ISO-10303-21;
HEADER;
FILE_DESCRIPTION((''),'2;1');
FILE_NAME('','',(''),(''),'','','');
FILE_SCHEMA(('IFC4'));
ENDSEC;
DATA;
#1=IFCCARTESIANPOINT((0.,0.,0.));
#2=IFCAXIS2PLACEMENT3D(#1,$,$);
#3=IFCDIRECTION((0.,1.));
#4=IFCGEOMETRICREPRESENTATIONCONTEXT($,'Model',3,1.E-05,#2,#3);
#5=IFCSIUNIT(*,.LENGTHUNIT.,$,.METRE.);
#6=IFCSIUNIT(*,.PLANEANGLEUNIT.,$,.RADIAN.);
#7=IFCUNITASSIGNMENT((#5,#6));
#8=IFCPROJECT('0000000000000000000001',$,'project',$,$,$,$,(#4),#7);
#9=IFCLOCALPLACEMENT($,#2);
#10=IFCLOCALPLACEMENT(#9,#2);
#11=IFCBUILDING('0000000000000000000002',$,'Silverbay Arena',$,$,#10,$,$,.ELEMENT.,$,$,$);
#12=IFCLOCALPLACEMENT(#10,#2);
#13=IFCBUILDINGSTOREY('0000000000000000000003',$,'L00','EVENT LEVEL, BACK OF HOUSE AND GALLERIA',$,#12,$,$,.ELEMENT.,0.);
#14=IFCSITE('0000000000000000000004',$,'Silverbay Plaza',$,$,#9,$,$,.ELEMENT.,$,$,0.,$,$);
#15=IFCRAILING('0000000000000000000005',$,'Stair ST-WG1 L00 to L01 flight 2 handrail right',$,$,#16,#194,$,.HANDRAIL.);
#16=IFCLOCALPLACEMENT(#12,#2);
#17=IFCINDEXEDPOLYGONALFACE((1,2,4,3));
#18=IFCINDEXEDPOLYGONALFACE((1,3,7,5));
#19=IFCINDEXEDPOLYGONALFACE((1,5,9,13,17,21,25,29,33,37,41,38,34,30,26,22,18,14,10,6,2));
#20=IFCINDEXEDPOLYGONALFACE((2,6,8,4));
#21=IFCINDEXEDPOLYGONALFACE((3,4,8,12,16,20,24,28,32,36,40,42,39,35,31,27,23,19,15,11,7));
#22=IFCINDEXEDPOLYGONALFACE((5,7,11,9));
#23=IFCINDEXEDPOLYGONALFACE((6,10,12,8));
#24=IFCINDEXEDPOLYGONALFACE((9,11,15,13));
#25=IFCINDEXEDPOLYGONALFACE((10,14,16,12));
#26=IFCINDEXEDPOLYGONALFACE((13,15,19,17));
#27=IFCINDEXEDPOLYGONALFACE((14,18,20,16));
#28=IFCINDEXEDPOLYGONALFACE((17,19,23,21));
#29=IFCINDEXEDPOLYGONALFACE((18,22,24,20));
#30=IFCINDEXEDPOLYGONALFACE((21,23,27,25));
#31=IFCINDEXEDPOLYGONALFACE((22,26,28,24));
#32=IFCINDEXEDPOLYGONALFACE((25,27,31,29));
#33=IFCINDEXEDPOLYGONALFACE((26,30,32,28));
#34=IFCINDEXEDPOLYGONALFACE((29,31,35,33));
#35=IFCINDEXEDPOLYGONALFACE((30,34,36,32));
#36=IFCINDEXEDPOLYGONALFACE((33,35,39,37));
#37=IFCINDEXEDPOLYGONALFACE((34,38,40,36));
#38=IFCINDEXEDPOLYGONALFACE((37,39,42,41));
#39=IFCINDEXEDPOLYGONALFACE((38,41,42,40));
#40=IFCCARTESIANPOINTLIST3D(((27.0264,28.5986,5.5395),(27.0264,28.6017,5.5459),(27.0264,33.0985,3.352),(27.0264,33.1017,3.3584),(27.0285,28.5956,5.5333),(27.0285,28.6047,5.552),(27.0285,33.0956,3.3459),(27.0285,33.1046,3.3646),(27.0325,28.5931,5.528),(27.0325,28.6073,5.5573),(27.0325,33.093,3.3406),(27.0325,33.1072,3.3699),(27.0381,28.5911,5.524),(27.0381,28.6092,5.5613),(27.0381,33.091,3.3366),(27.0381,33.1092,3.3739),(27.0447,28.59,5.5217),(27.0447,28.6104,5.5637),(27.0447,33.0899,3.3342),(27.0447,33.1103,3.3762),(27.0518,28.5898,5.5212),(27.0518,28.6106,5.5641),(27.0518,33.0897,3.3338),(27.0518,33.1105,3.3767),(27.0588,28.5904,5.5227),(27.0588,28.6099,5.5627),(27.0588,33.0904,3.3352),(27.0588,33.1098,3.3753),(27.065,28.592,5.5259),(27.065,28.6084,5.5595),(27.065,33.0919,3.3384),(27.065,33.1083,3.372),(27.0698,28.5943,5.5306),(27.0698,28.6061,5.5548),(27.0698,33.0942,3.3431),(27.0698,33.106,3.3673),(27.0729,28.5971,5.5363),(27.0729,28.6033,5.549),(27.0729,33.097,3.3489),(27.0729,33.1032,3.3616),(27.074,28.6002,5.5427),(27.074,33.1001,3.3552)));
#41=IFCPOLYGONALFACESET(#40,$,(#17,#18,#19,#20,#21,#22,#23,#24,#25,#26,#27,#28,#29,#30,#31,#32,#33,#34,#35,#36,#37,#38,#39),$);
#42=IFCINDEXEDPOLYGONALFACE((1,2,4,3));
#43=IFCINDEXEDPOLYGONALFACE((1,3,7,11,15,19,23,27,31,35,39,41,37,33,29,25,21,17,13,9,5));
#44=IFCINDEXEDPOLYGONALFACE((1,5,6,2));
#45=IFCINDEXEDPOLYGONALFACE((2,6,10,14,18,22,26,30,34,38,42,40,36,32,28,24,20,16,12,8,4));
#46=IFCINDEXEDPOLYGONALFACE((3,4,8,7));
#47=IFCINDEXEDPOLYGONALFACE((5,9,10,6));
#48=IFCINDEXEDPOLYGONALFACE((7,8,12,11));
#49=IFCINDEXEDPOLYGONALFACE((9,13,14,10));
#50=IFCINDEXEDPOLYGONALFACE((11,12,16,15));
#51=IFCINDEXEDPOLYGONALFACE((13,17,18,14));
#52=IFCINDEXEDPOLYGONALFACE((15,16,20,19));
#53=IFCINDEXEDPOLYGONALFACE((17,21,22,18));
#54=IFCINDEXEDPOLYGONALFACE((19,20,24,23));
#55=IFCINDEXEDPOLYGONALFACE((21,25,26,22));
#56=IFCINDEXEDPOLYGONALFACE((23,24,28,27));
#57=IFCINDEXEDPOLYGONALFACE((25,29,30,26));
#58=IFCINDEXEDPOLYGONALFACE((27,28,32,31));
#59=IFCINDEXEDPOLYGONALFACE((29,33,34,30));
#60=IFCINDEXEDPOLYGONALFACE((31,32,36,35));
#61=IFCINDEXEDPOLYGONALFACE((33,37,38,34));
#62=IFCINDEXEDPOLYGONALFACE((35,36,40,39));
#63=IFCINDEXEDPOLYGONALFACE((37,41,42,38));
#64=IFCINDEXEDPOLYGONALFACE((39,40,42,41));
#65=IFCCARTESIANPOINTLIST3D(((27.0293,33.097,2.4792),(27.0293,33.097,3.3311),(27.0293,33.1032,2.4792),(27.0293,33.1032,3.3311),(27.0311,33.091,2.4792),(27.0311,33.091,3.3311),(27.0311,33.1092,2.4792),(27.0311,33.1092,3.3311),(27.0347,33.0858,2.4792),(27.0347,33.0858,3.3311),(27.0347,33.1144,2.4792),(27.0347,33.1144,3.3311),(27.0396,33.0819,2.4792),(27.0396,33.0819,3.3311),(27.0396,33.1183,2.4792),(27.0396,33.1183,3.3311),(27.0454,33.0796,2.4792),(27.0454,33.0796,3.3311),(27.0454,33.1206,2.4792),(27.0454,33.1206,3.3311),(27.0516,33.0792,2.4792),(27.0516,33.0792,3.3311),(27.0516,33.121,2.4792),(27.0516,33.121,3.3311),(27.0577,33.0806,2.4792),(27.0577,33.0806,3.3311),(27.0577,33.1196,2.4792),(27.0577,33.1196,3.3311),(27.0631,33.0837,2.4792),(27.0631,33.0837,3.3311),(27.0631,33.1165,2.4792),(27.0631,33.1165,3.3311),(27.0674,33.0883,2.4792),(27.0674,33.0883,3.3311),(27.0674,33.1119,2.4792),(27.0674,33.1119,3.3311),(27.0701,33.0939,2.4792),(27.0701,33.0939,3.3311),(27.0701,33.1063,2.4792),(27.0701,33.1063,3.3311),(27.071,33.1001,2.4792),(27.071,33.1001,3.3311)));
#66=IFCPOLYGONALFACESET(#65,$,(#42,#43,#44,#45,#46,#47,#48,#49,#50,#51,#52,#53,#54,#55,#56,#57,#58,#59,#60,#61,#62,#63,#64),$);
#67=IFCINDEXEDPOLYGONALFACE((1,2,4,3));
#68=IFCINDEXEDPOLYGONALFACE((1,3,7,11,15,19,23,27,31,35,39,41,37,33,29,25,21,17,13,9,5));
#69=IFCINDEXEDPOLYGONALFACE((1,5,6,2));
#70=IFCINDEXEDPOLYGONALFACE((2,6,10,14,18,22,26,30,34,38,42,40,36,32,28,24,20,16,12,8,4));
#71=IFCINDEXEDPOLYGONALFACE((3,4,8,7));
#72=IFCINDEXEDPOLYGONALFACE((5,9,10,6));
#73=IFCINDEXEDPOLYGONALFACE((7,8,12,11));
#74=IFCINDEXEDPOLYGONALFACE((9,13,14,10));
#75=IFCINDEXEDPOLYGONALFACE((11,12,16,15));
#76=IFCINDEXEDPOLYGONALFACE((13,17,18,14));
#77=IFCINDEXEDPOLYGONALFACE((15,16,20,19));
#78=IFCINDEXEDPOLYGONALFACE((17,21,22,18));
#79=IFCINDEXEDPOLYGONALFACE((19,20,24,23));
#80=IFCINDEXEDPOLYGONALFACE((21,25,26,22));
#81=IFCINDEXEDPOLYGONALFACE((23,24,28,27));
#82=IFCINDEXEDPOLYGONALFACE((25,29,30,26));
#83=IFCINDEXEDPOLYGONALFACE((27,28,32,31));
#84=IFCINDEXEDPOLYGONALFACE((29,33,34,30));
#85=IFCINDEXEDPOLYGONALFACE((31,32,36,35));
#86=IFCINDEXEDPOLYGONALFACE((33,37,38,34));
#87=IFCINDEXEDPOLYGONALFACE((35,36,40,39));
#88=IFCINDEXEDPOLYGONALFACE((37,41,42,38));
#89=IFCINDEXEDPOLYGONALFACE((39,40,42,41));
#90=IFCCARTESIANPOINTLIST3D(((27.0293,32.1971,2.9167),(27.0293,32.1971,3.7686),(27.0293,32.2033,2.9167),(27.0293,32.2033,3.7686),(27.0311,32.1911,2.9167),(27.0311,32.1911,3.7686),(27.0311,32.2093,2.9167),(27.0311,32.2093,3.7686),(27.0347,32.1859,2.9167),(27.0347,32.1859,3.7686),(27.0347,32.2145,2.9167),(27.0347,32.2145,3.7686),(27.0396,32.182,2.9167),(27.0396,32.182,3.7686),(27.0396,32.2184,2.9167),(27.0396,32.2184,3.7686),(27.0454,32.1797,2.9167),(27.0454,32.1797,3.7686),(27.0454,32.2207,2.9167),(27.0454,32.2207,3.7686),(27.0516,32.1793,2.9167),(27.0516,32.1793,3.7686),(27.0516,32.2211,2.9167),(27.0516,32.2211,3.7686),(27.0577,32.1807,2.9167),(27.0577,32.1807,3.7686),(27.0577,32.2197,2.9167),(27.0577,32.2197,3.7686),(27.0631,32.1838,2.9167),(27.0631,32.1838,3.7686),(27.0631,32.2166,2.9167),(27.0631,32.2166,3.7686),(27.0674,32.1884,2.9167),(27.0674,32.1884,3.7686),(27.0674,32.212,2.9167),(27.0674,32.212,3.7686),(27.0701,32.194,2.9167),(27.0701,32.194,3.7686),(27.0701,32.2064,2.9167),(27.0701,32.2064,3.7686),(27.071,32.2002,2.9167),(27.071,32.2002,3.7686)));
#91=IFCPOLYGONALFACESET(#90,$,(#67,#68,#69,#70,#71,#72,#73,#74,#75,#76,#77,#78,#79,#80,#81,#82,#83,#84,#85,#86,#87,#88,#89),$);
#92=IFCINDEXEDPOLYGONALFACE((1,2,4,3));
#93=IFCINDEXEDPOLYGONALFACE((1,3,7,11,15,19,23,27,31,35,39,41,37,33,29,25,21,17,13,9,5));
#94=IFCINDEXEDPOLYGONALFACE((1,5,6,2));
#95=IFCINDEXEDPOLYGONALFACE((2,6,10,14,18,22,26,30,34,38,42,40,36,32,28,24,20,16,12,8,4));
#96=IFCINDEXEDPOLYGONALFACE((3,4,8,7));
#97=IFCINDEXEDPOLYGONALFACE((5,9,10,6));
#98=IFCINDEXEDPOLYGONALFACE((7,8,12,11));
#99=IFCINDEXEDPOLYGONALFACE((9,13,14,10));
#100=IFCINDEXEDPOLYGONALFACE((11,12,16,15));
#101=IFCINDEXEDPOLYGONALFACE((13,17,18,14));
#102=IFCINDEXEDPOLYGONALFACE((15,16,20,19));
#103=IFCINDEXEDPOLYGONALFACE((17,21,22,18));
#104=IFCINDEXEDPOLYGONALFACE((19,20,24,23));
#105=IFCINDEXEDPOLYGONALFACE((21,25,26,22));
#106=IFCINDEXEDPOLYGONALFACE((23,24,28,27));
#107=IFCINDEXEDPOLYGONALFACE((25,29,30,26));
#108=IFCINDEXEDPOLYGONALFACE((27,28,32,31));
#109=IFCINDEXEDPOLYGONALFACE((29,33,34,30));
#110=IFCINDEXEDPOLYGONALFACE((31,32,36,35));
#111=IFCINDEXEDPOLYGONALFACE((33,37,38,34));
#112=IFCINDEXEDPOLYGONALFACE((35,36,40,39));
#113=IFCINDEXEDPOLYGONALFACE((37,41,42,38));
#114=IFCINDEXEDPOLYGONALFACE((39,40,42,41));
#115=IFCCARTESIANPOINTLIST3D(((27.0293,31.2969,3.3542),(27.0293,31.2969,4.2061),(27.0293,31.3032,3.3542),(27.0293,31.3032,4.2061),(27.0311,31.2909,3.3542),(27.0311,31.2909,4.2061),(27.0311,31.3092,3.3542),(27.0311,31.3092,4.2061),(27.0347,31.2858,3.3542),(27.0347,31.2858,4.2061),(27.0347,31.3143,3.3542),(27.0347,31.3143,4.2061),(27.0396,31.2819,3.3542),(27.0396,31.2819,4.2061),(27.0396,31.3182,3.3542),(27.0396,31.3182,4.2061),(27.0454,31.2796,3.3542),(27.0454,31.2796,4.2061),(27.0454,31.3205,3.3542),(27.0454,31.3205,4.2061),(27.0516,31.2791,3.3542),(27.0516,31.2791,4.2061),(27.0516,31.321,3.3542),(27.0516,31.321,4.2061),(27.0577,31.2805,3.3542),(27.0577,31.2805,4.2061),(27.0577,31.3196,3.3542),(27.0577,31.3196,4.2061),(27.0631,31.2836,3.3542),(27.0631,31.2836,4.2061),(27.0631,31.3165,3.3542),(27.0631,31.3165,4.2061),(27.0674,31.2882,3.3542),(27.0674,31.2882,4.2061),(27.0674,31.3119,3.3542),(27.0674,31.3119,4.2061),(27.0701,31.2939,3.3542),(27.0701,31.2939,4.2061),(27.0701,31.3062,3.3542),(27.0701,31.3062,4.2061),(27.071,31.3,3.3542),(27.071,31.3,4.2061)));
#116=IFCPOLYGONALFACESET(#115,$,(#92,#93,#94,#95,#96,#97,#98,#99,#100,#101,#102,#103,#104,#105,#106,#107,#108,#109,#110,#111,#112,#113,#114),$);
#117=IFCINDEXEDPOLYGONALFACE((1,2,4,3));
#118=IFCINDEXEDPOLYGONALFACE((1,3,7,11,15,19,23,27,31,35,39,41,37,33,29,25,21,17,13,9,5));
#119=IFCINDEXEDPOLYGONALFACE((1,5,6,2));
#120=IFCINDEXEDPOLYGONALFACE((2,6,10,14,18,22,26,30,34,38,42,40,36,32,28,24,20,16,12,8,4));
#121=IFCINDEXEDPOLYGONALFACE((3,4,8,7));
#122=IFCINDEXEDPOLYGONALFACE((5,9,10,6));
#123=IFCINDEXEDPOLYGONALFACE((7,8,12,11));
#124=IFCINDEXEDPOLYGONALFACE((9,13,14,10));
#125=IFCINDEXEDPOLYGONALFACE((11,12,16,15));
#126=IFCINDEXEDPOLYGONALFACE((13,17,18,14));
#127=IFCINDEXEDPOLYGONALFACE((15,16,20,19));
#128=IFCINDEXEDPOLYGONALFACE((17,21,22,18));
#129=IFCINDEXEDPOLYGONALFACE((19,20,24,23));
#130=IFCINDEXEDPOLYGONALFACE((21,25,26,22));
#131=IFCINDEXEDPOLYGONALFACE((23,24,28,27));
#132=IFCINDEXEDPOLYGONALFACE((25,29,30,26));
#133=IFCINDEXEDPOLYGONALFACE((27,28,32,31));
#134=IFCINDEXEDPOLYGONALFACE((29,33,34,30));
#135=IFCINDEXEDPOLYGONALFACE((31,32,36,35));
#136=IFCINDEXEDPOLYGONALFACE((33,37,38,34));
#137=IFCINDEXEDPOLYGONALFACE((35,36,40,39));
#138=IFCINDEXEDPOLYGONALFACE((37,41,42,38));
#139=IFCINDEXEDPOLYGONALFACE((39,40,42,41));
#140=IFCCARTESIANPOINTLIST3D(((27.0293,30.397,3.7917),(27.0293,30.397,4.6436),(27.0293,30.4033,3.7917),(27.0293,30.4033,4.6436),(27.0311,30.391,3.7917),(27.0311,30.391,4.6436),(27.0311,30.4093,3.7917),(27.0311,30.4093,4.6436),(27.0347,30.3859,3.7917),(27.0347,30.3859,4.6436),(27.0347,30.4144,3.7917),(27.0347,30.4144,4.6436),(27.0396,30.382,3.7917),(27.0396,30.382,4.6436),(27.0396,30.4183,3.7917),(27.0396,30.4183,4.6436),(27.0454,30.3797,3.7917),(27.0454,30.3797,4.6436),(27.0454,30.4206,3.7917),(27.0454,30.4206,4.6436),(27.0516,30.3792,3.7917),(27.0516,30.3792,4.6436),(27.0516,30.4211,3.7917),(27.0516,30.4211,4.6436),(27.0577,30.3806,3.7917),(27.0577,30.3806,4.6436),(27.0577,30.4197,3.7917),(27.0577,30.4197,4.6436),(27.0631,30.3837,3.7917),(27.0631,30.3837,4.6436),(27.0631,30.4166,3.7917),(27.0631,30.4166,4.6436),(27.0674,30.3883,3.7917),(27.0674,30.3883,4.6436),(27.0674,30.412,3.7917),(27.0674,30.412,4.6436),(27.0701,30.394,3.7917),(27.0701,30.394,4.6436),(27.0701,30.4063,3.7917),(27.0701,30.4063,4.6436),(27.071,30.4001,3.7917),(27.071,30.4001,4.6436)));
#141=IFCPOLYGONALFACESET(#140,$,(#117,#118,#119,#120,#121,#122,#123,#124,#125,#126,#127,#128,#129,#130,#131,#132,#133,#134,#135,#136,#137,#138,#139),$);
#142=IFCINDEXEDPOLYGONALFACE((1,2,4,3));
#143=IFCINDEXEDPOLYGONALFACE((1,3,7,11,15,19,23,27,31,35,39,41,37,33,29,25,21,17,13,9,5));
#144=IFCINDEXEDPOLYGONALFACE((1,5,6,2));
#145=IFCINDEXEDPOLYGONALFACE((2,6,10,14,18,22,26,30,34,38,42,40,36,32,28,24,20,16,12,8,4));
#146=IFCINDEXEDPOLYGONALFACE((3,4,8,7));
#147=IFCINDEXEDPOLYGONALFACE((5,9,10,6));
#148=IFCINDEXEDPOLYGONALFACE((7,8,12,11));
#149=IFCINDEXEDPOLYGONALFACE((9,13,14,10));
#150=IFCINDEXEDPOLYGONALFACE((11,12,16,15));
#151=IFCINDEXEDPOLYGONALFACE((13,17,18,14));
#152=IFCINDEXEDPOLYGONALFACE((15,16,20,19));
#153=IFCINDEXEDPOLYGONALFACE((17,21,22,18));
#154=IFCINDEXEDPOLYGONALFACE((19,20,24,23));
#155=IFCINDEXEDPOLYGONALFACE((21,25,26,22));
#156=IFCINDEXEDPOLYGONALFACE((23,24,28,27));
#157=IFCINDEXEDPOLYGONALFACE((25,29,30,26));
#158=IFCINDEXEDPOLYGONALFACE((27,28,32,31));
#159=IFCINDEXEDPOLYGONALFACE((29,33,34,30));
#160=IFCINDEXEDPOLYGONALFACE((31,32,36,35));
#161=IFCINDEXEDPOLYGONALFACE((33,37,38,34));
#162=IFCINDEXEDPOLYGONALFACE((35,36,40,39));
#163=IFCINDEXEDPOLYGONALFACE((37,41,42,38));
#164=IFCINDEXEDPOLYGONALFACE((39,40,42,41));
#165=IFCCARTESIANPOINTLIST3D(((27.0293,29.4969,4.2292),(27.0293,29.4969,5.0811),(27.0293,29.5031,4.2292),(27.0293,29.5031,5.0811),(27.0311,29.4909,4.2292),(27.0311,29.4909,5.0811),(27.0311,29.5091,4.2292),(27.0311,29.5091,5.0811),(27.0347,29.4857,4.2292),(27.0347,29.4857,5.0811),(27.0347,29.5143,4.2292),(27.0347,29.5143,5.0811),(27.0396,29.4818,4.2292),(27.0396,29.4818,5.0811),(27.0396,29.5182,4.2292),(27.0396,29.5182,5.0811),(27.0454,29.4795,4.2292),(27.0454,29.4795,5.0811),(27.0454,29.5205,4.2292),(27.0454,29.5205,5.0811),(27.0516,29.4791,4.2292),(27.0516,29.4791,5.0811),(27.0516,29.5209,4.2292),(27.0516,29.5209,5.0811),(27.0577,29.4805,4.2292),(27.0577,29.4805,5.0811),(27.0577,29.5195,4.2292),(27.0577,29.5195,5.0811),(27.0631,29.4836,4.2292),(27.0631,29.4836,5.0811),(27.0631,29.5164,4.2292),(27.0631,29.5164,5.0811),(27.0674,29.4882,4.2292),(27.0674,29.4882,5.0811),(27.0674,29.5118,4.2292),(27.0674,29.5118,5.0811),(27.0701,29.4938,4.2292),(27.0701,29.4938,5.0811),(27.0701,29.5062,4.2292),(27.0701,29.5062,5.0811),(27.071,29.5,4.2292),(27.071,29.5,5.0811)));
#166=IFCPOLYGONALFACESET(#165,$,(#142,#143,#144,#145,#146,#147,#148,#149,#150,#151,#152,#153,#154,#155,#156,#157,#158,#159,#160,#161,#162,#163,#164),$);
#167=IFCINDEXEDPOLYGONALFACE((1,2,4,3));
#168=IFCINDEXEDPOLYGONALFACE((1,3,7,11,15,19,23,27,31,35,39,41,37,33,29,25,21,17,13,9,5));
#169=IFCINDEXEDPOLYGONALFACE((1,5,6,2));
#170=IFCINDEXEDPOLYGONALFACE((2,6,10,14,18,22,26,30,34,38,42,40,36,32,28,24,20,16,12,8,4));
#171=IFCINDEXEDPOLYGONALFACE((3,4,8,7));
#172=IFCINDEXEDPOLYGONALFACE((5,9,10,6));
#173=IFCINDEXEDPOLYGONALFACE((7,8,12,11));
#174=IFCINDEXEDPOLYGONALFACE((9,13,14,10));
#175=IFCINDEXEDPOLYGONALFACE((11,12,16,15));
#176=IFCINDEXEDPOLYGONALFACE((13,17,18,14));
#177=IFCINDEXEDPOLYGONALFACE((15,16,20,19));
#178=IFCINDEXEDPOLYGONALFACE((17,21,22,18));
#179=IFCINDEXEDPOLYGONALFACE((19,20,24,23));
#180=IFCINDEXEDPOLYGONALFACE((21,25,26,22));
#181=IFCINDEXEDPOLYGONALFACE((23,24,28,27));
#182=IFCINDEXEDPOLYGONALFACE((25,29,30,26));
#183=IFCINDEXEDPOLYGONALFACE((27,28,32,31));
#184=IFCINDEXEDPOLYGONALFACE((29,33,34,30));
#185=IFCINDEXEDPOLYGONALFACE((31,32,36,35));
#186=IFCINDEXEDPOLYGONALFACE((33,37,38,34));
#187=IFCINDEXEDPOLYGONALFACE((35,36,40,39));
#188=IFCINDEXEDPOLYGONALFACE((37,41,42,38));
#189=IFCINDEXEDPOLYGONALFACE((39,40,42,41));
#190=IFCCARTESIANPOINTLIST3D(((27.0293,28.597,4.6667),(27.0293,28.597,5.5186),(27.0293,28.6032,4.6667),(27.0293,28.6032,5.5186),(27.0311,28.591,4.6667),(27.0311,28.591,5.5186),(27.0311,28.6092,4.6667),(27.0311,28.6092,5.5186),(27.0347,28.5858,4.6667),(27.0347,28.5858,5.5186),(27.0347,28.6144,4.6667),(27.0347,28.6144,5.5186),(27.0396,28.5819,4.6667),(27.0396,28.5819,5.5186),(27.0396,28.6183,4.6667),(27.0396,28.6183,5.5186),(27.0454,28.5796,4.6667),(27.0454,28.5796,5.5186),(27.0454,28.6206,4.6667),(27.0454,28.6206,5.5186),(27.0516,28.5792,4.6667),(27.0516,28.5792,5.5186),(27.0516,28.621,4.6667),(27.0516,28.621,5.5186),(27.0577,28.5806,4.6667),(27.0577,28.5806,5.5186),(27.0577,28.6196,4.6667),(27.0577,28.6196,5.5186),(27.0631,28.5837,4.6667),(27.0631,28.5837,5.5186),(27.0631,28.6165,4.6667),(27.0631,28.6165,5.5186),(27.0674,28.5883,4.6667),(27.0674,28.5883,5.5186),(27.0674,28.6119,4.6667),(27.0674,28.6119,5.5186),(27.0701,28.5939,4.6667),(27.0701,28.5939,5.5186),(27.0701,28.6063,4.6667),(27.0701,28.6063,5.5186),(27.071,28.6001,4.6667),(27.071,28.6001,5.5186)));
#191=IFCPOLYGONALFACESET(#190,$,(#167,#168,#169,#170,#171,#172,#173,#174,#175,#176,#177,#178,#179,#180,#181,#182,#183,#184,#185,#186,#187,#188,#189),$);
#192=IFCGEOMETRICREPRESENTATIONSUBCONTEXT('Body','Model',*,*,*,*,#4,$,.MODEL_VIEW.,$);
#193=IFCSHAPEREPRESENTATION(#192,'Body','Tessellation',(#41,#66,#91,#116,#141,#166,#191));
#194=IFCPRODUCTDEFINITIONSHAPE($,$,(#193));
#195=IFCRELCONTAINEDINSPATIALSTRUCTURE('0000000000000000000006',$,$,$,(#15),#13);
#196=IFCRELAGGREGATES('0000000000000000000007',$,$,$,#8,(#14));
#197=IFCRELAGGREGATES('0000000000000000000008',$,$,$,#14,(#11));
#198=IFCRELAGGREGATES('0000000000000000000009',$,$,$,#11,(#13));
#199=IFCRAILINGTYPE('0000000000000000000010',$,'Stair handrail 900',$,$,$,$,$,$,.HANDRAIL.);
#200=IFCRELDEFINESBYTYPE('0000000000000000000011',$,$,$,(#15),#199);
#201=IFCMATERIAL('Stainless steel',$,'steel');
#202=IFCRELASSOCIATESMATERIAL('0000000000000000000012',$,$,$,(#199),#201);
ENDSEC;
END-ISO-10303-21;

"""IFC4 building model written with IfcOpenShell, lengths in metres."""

from ifc_helpers import new_model, si_unit, direction, frame, origin, origin_2d, place, context, subcontext, project, spatial, circle, extrude, material, type_object, element, save


model = new_model("IFC4")

# Units and contexts
model_context = context("Model", 3, precision=1e-05, world=origin(), true_north=direction((0.0, 1.0)))
body_context = subcontext(model_context, "Body", "Model", "MODEL_VIEW")
ifc_project = project(units=[si_unit("LENGTHUNIT", "METRE"), si_unit("PLANEANGLEUNIT", "RADIAN")], contexts=[model_context])

# Site, building, storey
site_placement = place(None, origin())
site = spatial("IfcSite", under=ifc_project, at=site_placement, Name="Silverbay Plaza", CompositionType="ELEMENT", RefElevation=0.0)
building_placement = place(site_placement, origin())
building = spatial("IfcBuilding", under=site, at=building_placement, Name="Silverbay Arena", CompositionType="ELEMENT")
storey_placement = place(building_placement, origin())
storey = spatial("IfcBuildingStorey", under=building, at=storey_placement, Name="L00", Description="EVENT LEVEL, BACK OF HOUSE AND GALLERIA", CompositionType="ELEMENT", Elevation=0.0)

# Railing
ifc_material_1 = material(Name="Stainless steel", Category="steel")
railing_type_1 = type_object("IfcRailingType", Name="Stair handrail 900", PredefinedType="HANDRAIL", material=ifc_material_1)
for number, where, name in (
    (1, (27.05, 33.1001, 2.4792), "Stair ST-WG1 L00 to L01 flight 2 handrail right"),
):
    element("IfcRailing", number, at=place(storey_placement, frame(where)), inside=storey, type_object=railing_type_1, Name=name, PredefinedType="HANDRAIL", context=body_context, shape_type="SweptSolid", body=[
        extrude(circle(Radius=0.0239, at=origin_2d()), frame((0.0, 0.0, 0.876), z_axis=(0.0, -0.899368, 0.437193), x_axis=(1.0, 0.0, 0.0)), (0.0, 0.0, 1.0), 5.0034),
        extrude(circle(Radius=0.021, at=origin_2d()), origin(), (0.0, 0.0, 1.0), 0.8518),
        extrude(circle(Radius=0.021, at=origin_2d()), frame((0.0, -0.8999, 0.4375)), (0.0, 0.0, 1.0), 0.8518),
        extrude(circle(Radius=0.021, at=origin_2d()), frame((0.0, -1.8, 0.875)), (0.0, 0.0, 1.0), 0.8518),
        extrude(circle(Radius=0.021, at=origin_2d()), frame((0.0, -2.7, 1.3125)), (0.0, 0.0, 1.0), 0.8518),
        extrude(circle(Radius=0.021, at=origin_2d()), frame((0.0, -3.6001, 1.75)), (0.0, 0.0, 1.0), 0.8518),
        extrude(circle(Radius=0.021, at=origin_2d()), frame((0.0, -4.5, 2.1875)), (0.0, 0.0, 1.0), 0.8518),
    ])

save(model, "model.ifc")
